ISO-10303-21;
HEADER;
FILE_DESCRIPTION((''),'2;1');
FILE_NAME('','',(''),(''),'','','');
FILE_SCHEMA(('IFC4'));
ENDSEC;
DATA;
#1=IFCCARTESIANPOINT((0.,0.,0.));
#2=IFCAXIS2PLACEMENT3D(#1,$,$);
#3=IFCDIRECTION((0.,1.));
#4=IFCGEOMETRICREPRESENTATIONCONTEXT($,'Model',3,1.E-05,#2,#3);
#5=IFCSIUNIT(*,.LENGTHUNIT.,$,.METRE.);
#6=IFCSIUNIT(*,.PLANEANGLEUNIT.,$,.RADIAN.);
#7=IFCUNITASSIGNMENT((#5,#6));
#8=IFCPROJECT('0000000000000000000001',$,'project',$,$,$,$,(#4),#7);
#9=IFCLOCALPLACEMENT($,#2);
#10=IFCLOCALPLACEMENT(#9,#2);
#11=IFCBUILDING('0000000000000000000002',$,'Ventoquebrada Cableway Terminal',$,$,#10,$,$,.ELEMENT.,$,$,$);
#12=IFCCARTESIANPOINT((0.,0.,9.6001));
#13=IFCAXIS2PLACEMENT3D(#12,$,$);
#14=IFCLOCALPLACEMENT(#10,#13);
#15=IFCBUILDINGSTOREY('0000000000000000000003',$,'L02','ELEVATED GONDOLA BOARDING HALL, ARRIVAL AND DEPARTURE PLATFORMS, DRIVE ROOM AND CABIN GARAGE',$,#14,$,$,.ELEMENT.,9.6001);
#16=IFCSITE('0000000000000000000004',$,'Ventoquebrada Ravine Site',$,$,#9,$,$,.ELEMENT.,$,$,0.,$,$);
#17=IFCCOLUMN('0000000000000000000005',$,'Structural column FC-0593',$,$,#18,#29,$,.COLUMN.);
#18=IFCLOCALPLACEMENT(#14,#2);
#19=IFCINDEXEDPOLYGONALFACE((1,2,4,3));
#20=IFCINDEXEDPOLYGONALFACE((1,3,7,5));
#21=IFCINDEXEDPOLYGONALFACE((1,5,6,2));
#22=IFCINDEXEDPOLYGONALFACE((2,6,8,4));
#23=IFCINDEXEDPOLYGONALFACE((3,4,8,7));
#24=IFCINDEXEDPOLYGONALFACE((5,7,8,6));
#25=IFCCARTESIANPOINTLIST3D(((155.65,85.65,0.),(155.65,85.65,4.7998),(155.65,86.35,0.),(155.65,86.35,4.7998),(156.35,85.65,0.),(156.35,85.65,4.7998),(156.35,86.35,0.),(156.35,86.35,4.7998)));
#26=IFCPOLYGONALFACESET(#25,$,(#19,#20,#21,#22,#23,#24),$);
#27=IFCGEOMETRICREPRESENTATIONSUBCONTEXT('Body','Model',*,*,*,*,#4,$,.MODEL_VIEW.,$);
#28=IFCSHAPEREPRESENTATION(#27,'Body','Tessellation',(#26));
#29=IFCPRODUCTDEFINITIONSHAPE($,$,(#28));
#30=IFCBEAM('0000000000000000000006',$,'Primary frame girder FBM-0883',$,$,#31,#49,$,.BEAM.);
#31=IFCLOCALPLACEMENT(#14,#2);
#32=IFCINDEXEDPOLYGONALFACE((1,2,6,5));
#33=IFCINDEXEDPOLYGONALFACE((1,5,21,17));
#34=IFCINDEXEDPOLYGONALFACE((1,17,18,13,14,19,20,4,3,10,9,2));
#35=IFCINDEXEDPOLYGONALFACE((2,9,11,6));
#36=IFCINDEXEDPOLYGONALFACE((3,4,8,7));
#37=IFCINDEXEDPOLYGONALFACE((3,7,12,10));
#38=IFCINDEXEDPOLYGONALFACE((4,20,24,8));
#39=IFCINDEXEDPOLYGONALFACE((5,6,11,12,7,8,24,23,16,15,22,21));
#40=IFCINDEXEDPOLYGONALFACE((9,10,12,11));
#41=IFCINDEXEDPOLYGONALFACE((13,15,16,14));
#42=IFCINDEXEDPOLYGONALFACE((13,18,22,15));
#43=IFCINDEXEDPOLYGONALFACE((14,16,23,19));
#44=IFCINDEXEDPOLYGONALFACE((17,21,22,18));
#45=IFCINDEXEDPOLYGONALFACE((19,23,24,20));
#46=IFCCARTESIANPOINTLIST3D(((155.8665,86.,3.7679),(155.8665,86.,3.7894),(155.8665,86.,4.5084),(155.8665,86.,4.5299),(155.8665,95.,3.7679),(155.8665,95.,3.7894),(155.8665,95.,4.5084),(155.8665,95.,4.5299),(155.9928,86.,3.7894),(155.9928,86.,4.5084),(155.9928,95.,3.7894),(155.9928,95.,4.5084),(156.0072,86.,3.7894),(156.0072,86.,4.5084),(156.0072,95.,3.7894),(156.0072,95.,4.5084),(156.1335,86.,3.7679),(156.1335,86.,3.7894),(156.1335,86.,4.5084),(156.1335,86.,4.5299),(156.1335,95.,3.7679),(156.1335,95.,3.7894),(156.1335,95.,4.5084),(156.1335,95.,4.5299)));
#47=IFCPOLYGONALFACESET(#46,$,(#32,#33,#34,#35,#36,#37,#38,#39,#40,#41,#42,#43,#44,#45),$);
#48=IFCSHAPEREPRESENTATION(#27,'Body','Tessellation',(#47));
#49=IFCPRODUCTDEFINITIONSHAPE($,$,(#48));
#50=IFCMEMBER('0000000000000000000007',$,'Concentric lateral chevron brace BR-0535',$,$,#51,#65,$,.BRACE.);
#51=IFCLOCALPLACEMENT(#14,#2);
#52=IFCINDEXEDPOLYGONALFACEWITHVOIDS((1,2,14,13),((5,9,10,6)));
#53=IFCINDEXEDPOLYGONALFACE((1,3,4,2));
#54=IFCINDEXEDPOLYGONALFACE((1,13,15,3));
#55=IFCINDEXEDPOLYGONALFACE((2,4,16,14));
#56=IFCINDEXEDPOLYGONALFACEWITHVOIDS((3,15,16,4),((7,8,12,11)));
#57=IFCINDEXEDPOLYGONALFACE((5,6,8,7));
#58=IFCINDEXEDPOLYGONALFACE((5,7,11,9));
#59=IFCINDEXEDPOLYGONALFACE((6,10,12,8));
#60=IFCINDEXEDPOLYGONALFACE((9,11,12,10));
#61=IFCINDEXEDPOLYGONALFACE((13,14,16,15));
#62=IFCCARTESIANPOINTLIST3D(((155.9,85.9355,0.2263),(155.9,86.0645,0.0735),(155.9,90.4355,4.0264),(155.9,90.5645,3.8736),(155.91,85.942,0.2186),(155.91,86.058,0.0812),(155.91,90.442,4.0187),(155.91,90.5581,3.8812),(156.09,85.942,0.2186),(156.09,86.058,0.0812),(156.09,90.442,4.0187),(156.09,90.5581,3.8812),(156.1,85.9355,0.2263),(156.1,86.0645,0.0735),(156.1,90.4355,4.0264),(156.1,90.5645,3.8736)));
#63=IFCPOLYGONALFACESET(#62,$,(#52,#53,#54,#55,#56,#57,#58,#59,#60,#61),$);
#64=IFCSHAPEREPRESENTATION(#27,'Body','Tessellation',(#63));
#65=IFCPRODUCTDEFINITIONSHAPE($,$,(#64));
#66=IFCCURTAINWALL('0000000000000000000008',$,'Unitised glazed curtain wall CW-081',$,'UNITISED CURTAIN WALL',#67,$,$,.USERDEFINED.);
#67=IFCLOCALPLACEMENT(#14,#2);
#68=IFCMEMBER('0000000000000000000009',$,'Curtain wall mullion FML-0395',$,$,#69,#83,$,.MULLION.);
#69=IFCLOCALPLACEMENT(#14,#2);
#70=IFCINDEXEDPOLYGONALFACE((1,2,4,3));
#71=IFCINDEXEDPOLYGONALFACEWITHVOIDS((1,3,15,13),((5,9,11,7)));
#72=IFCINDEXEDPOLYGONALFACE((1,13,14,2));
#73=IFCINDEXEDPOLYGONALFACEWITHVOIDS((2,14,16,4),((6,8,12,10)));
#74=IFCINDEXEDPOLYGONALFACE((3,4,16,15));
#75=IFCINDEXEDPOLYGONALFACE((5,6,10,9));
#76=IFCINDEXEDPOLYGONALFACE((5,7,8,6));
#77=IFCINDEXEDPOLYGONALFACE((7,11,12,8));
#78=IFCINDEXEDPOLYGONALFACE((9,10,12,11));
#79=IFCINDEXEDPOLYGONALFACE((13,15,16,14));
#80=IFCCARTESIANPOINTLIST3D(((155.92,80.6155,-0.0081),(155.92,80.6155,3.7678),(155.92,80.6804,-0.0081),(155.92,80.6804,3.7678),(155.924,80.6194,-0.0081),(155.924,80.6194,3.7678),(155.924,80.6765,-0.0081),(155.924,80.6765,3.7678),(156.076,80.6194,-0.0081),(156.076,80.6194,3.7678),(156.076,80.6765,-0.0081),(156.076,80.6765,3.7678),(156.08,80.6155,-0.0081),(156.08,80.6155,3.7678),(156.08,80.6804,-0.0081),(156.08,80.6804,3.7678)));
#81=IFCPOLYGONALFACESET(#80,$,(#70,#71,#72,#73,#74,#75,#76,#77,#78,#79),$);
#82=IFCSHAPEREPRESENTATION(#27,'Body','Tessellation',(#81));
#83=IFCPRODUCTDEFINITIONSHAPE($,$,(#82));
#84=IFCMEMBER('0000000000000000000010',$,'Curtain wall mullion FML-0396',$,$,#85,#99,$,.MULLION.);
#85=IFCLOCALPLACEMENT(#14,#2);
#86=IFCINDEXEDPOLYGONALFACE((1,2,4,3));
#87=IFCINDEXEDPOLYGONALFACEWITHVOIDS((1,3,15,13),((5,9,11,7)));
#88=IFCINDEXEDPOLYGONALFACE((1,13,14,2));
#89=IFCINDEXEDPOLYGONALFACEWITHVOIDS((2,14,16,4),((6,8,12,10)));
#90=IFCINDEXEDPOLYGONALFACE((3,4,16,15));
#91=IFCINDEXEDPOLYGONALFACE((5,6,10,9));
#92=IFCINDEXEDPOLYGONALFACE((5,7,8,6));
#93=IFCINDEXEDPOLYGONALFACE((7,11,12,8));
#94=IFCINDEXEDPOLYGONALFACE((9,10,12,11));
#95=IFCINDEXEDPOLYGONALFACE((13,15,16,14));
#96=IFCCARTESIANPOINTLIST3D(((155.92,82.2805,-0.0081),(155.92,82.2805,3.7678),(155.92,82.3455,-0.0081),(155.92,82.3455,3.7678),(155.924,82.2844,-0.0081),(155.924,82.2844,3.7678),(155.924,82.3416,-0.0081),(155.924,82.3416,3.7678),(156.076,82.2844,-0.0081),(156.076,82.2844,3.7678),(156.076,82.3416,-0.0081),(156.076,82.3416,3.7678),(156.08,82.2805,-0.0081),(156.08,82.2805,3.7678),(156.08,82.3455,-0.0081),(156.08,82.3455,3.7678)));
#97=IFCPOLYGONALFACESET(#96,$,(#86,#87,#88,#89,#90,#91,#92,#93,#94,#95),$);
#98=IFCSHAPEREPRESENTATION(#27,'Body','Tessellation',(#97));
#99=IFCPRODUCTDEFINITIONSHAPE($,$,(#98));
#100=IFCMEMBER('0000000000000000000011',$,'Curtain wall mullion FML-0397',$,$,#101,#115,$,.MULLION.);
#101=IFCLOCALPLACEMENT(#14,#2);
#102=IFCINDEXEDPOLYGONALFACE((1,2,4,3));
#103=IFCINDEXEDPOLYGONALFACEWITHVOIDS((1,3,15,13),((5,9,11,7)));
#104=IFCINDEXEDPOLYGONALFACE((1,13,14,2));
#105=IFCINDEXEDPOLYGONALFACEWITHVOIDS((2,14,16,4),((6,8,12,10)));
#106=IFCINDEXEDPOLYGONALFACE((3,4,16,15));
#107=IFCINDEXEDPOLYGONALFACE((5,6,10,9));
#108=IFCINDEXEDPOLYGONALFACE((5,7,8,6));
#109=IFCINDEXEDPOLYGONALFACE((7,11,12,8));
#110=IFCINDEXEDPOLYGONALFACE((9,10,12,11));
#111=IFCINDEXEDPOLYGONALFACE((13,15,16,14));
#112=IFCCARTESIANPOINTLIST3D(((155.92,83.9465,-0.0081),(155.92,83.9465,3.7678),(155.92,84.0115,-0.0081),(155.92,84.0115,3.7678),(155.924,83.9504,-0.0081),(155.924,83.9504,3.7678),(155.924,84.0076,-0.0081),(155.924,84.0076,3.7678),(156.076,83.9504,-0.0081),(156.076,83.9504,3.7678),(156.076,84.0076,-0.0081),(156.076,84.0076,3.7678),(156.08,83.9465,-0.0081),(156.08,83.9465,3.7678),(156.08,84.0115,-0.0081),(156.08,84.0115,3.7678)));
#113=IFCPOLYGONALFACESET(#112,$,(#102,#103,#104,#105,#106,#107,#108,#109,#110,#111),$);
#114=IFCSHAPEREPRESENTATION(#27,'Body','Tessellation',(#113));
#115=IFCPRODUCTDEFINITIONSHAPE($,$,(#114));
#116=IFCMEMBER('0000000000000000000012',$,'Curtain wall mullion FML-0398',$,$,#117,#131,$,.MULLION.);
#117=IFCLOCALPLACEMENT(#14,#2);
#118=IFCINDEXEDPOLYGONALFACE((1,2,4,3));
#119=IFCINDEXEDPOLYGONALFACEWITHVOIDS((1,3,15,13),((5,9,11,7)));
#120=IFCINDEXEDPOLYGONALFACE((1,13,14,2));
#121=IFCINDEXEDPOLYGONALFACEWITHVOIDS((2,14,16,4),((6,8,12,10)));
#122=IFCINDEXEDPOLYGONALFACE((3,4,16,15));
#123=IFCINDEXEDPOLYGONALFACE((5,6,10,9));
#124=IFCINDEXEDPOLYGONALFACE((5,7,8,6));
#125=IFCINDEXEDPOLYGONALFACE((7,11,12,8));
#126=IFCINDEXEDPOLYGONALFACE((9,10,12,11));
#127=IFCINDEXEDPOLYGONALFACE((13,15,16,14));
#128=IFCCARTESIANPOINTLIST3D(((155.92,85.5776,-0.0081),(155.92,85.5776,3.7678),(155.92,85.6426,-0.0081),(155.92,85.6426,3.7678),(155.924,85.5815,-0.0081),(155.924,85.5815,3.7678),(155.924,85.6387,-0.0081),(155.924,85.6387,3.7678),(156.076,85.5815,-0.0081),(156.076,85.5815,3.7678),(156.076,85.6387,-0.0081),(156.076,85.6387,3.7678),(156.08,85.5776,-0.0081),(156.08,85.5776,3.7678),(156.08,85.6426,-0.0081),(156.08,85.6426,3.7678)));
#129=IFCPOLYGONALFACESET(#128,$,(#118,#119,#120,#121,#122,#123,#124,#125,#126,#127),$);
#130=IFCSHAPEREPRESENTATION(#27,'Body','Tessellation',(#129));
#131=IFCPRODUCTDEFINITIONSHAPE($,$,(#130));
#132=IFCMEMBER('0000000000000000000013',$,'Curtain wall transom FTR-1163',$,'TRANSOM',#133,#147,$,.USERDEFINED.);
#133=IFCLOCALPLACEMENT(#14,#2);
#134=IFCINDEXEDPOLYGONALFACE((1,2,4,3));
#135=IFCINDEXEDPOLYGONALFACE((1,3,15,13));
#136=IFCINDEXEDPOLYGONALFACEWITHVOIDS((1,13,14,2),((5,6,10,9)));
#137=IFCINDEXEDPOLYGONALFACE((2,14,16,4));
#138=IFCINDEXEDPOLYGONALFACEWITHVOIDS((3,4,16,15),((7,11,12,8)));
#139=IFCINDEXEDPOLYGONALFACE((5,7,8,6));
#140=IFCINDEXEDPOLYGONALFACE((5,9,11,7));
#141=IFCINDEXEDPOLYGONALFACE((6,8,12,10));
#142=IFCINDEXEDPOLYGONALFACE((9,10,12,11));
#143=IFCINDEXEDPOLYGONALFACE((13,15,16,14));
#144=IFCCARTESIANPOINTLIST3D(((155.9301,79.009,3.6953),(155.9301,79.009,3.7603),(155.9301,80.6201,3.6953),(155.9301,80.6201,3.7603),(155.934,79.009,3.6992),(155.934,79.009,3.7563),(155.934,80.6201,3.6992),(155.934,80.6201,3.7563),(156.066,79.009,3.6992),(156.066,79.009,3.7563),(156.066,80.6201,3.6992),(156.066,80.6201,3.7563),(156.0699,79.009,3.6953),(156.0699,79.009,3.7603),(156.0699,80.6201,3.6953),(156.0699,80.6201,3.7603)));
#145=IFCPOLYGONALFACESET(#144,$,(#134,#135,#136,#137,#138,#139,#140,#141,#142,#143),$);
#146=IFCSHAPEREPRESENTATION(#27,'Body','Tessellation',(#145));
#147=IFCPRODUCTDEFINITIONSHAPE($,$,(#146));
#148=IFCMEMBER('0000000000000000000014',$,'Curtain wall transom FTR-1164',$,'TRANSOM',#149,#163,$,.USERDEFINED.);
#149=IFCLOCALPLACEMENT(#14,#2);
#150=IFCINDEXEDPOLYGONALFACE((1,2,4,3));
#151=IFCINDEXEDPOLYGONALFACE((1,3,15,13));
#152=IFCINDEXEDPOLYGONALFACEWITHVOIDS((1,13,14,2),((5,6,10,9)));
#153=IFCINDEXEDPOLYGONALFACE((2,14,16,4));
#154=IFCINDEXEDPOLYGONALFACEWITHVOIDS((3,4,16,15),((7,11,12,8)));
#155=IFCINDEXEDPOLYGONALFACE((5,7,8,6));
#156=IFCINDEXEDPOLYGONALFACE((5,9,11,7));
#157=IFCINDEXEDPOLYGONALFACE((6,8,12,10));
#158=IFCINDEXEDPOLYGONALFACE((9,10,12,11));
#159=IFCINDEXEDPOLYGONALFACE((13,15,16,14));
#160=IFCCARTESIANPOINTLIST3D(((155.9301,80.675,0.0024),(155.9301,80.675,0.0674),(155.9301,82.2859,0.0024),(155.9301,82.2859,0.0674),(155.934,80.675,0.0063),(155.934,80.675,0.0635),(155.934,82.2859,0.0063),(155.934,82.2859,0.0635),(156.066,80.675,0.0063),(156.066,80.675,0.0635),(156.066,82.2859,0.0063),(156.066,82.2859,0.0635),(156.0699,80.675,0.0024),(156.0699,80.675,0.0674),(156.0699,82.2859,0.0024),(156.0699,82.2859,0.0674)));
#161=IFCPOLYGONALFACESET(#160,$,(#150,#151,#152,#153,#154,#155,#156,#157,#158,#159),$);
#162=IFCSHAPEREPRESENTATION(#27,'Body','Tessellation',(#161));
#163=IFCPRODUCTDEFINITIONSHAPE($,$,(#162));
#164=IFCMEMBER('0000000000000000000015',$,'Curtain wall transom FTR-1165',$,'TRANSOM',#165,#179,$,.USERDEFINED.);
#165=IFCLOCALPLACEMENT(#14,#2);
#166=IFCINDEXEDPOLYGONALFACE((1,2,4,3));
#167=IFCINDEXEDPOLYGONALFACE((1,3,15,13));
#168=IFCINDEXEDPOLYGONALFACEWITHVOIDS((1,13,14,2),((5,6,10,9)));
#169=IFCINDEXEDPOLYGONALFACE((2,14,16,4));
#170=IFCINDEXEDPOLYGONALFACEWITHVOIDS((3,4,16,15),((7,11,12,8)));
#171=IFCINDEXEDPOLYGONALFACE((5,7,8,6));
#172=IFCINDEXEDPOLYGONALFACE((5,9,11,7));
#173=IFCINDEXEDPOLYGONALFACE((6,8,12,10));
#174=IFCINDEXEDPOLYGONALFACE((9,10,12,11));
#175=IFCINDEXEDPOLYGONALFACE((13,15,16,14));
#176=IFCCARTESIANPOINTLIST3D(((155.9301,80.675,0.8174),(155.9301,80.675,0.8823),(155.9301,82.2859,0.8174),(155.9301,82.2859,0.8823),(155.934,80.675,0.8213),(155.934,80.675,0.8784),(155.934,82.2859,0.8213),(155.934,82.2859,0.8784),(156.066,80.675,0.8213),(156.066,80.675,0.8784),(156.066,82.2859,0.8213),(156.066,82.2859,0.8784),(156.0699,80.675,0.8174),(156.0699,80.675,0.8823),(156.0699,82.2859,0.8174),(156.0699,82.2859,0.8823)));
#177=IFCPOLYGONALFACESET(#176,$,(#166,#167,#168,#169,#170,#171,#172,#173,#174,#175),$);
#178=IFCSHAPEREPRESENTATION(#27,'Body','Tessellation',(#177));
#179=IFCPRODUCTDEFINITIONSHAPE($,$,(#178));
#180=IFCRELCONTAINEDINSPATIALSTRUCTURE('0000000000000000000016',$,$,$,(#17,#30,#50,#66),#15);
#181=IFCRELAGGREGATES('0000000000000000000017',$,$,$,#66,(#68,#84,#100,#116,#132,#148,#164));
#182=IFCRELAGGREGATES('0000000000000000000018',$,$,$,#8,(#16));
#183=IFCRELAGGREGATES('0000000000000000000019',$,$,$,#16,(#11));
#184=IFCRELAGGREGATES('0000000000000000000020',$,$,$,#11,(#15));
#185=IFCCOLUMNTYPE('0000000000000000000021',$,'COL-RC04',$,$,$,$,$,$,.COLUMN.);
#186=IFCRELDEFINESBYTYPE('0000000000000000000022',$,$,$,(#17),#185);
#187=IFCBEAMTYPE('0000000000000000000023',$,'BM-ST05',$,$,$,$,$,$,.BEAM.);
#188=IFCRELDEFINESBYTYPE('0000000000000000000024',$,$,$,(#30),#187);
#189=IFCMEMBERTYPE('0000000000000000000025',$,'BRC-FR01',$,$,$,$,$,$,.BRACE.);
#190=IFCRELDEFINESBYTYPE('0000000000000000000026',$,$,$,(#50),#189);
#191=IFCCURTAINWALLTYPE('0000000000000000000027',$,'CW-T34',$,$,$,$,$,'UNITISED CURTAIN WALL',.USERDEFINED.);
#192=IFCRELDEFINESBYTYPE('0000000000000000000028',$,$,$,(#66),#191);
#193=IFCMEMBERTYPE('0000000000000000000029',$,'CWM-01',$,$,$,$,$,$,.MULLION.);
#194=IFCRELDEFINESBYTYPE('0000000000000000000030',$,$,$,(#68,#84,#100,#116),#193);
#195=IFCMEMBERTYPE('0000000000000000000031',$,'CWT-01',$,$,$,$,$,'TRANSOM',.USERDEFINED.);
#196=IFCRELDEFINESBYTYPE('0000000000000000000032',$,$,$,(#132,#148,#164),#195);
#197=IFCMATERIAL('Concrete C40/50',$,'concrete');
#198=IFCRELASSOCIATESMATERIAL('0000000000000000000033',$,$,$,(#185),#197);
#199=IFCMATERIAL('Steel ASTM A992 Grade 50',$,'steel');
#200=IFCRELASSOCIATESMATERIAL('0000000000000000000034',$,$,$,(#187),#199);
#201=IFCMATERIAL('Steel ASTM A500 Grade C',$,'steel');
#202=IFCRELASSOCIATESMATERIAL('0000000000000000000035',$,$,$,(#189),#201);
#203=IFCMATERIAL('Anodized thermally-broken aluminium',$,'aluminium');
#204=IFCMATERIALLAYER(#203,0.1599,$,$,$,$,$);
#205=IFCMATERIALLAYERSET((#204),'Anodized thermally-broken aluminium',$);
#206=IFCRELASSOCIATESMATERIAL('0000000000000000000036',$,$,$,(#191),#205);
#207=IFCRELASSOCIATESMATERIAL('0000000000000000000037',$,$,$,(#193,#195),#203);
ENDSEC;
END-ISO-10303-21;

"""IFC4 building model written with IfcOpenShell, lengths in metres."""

from ifc_helpers import new_model, si_unit, direction, frame, origin, origin_2d, place, context, subcontext, project, spatial, rectangle, hollow_rectangle, i_section, extrude, material, layer, layer_set, material_profile, profile_set, type_object, element, aggregate, save


model = new_model("IFC4")

# Units and contexts
model_context = context("Model", 3, precision=1e-05, world=origin(), true_north=direction((0.0, 1.0)))
body_context = subcontext(model_context, "Body", "Model", "MODEL_VIEW")
ifc_project = project(units=[si_unit("LENGTHUNIT", "METRE"), si_unit("PLANEANGLEUNIT", "RADIAN")], contexts=[model_context])

# Site, building, storey
site_placement = place(None, origin())
site = spatial("IfcSite", under=ifc_project, at=site_placement, Name="Ventoquebrada Ravine Site", CompositionType="ELEMENT", RefElevation=0.0)
building_placement = place(site_placement, origin())
building = spatial("IfcBuilding", under=site, at=building_placement, Name="Ventoquebrada Cableway Terminal", CompositionType="ELEMENT")
storey_placement = place(building_placement, frame((0.0, 0.0, 9.6001)))
storey = spatial("IfcBuildingStorey", under=building, at=storey_placement, Name="L02", Description="ELEVATED GONDOLA BOARDING HALL, ARRIVAL AND DEPARTURE PLATFORMS, DRIVE ROOM AND CABIN GARAGE", CompositionType="ELEMENT", Elevation=9.6001)

# Column
ifc_material_1 = material(Name="Concrete C40/50", Category="concrete")
ifc_material_profile_1 = material_profile(ifc_material_1, rectangle(XDim=0.7, YDim=0.7, at=origin_2d()), Name="RC-COL-700X700")
ifc_profile_set_1 = profile_set([ifc_material_profile_1], Name="Concrete C40/50")
column_type = type_object("IfcColumnType", Name="COL-RC04", PredefinedType="COLUMN", material=ifc_profile_set_1)
column_placement = place(storey_placement, frame((156.0, 86.0, 0.0), z_axis=(0.0, 0.0, 1.0), x_axis=(1.0, 0.0, 0.0)))
element("IfcColumn", 1, at=column_placement, inside=storey, type_object=column_type, Name="Structural column FC-0593", PredefinedType="COLUMN", context=body_context, shape_type="SweptSolid", body=[
    extrude(rectangle(XDim=0.7, YDim=0.7, at=origin_2d()), origin(), (0.0, 0.0, 1.0), 4.7998),
])

# Beam
ifc_material_2 = material(Name="Steel ASTM A992 Grade 50", Category="steel")
ifc_material_profile_2 = material_profile(ifc_material_2, i_section(OverallWidth=0.2671, OverallDepth=0.762, WebThickness=0.0144, FlangeThickness=0.0215, at=origin_2d()), Name="W30X116")
ifc_profile_set_2 = profile_set([ifc_material_profile_2], Name="Steel ASTM A992 Grade 50")
beam_type = type_object("IfcBeamType", Name="BM-ST05", PredefinedType="BEAM", material=ifc_profile_set_2)
beam_placement = place(storey_placement, frame((156.0, 86.0, 4.1489), z_axis=(0.0, 1.0, 0.0), x_axis=(-1.0, 0.0, 0.0)))
element("IfcBeam", 2, at=beam_placement, inside=storey, type_object=beam_type, Name="Primary frame girder FBM-0883", PredefinedType="BEAM", context=body_context, shape_type="SweptSolid", body=[
    extrude(i_section(OverallWidth=0.2671, OverallDepth=0.762, WebThickness=0.0144, FlangeThickness=0.0215, at=origin_2d()), origin(), (0.0, 0.0, 1.0), 9.0),
])

# Member
ifc_material_3 = material(Name="Steel ASTM A500 Grade C", Category="steel")
ifc_material_profile_3 = material_profile(ifc_material_3, hollow_rectangle(XDim=0.2, YDim=0.2, WallThickness=0.01, at=origin_2d()), Name="HSS200X200X10")
ifc_profile_set_3 = profile_set([ifc_material_profile_3], Name="Steel ASTM A500 Grade C")
member_type_1 = type_object("IfcMemberType", Name="BRC-FR01", PredefinedType="BRACE", material=ifc_profile_set_3)
member_1_placement = place(storey_placement, frame((156.0, 86.0, 0.1499), z_axis=(0.0, 0.764026, 0.645186), x_axis=(-1.0, 0.0, 0.0)))
element("IfcMember", 3, at=member_1_placement, inside=storey, type_object=member_type_1, Name="Concentric lateral chevron brace BR-0535", PredefinedType="BRACE", context=body_context, shape_type="SweptSolid", body=[
    extrude(hollow_rectangle(XDim=0.2, YDim=0.2, WallThickness=0.01, at=origin_2d()), origin(), (0.0, 0.0, 1.0), 5.8899),
])

# Curtain wall, members
ifc_material_4 = material(Name="Anodized thermally-broken aluminium", Category="aluminium")
ifc_layer_1 = layer(ifc_material_4, 0.1599)
ifc_layer_set_1 = layer_set([ifc_layer_1], Name="Anodized thermally-broken aluminium")
curtain_wall_type = type_object("IfcCurtainWallType", Name="CW-T34", ElementType="UNITISED CURTAIN WALL", PredefinedType="USERDEFINED", material=ifc_layer_set_1)
curtain_wall_placement = place(storey_placement, origin())
curtain_wall = element("IfcCurtainWall", 4, at=curtain_wall_placement, inside=storey, type_object=curtain_wall_type, Name="Unitised glazed curtain wall CW-081", ObjectType="UNITISED CURTAIN WALL", PredefinedType="USERDEFINED")
ifc_material_profile_4 = material_profile(ifc_material_4, hollow_rectangle(XDim=0.0649, YDim=0.1599, WallThickness=0.0039, at=origin_2d()), Name="CW-MUL-65X160")
ifc_profile_set_4 = profile_set([ifc_material_profile_4], Name="Anodized thermally-broken aluminium")
member_type_2 = type_object("IfcMemberType", Name="CWM-01", PredefinedType="MULLION", material=ifc_profile_set_4)
member_2_placement = place(storey_placement, frame((156.0, 80.6479, -0.0081), z_axis=(0.0, 0.0, 1.0), x_axis=(0.0, 1.0, 0.0)))
member_2 = element("IfcMember", 5, at=member_2_placement, type_object=member_type_2, Name="Curtain wall mullion FML-0395", PredefinedType="MULLION", context=body_context, shape_type="SweptSolid", body=[
    extrude(hollow_rectangle(XDim=0.0649, YDim=0.1599, WallThickness=0.0039, at=origin_2d()), origin(), (0.0, 0.0, 1.0), 3.7759),
])
member_3_placement = place(storey_placement, frame((156.0, 82.313, -0.0081), z_axis=(0.0, 0.0, 1.0), x_axis=(0.0, 1.0, 0.0)))
member_3 = element("IfcMember", 6, at=member_3_placement, type_object=member_type_2, Name="Curtain wall mullion FML-0396", PredefinedType="MULLION", context=body_context, shape_type="SweptSolid", body=[
    extrude(hollow_rectangle(XDim=0.0649, YDim=0.1599, WallThickness=0.0039, at=origin_2d()), origin(), (0.0, 0.0, 1.0), 3.7759),
])
member_4_placement = place(storey_placement, frame((156.0, 83.979, -0.0081), z_axis=(0.0, 0.0, 1.0), x_axis=(0.0, 1.0, 0.0)))
member_4 = element("IfcMember", 7, at=member_4_placement, type_object=member_type_2, Name="Curtain wall mullion FML-0397", PredefinedType="MULLION", context=body_context, shape_type="SweptSolid", body=[
    extrude(hollow_rectangle(XDim=0.0649, YDim=0.1599, WallThickness=0.0039, at=origin_2d()), origin(), (0.0, 0.0, 1.0), 3.7759),
])
member_5_placement = place(storey_placement, frame((156.0, 85.6101, -0.0081), z_axis=(0.0, 0.0, 1.0), x_axis=(0.0, 1.0, 0.0)))
member_5 = element("IfcMember", 8, at=member_5_placement, type_object=member_type_2, Name="Curtain wall mullion FML-0398", PredefinedType="MULLION", context=body_context, shape_type="SweptSolid", body=[
    extrude(hollow_rectangle(XDim=0.0649, YDim=0.1599, WallThickness=0.0039, at=origin_2d()), origin(), (0.0, 0.0, 1.0), 3.7759),
])
ifc_material_profile_5 = material_profile(ifc_material_4, hollow_rectangle(XDim=0.0649, YDim=0.1399, WallThickness=0.0039, at=origin_2d()), Name="CW-TRN-65X140")
ifc_profile_set_5 = profile_set([ifc_material_profile_5], Name="Anodized thermally-broken aluminium")
member_type_3 = type_object("IfcMemberType", Name="CWT-01", ElementType="TRANSOM", PredefinedType="USERDEFINED", material=ifc_profile_set_5)
member_6_placement = place(storey_placement, frame((156.0, 79.009, 3.7278), z_axis=(0.0, 1.0, 0.0), x_axis=(0.0, 0.0, 1.0)))
member_6 = element("IfcMember", 9, at=member_6_placement, type_object=member_type_3, Name="Curtain wall transom FTR-1163", ObjectType="TRANSOM", PredefinedType="USERDEFINED", context=body_context, shape_type="SweptSolid", body=[
    extrude(hollow_rectangle(XDim=0.0649, YDim=0.1399, WallThickness=0.0039, at=origin_2d()), origin(), (0.0, 0.0, 1.0), 1.6111),
])
member_7_placement = place(storey_placement, frame((156.0, 80.675, 0.0349), z_axis=(0.0, 1.0, 0.0), x_axis=(0.0, 0.0, 1.0)))
member_7 = element("IfcMember", 10, at=member_7_placement, type_object=member_type_3, Name="Curtain wall transom FTR-1164", ObjectType="TRANSOM", PredefinedType="USERDEFINED", context=body_context, shape_type="SweptSolid", body=[
    extrude(hollow_rectangle(XDim=0.0649, YDim=0.1399, WallThickness=0.0039, at=origin_2d()), origin(), (0.0, 0.0, 1.0), 1.6108),
])
member_8_placement = place(storey_placement, frame((156.0, 80.675, 0.8499), z_axis=(0.0, 1.0, 0.0), x_axis=(0.0, 0.0, 1.0)))
member_8 = element("IfcMember", 11, at=member_8_placement, type_object=member_type_3, Name="Curtain wall transom FTR-1165", ObjectType="TRANSOM", PredefinedType="USERDEFINED", context=body_context, shape_type="SweptSolid", body=[
    extrude(hollow_rectangle(XDim=0.0649, YDim=0.1399, WallThickness=0.0039, at=origin_2d()), origin(), (0.0, 0.0, 1.0), 1.6108),
])
aggregate(curtain_wall, [member_2, member_3, member_4, member_5, member_6, member_7, member_8])

save(model, "model.ifc")
